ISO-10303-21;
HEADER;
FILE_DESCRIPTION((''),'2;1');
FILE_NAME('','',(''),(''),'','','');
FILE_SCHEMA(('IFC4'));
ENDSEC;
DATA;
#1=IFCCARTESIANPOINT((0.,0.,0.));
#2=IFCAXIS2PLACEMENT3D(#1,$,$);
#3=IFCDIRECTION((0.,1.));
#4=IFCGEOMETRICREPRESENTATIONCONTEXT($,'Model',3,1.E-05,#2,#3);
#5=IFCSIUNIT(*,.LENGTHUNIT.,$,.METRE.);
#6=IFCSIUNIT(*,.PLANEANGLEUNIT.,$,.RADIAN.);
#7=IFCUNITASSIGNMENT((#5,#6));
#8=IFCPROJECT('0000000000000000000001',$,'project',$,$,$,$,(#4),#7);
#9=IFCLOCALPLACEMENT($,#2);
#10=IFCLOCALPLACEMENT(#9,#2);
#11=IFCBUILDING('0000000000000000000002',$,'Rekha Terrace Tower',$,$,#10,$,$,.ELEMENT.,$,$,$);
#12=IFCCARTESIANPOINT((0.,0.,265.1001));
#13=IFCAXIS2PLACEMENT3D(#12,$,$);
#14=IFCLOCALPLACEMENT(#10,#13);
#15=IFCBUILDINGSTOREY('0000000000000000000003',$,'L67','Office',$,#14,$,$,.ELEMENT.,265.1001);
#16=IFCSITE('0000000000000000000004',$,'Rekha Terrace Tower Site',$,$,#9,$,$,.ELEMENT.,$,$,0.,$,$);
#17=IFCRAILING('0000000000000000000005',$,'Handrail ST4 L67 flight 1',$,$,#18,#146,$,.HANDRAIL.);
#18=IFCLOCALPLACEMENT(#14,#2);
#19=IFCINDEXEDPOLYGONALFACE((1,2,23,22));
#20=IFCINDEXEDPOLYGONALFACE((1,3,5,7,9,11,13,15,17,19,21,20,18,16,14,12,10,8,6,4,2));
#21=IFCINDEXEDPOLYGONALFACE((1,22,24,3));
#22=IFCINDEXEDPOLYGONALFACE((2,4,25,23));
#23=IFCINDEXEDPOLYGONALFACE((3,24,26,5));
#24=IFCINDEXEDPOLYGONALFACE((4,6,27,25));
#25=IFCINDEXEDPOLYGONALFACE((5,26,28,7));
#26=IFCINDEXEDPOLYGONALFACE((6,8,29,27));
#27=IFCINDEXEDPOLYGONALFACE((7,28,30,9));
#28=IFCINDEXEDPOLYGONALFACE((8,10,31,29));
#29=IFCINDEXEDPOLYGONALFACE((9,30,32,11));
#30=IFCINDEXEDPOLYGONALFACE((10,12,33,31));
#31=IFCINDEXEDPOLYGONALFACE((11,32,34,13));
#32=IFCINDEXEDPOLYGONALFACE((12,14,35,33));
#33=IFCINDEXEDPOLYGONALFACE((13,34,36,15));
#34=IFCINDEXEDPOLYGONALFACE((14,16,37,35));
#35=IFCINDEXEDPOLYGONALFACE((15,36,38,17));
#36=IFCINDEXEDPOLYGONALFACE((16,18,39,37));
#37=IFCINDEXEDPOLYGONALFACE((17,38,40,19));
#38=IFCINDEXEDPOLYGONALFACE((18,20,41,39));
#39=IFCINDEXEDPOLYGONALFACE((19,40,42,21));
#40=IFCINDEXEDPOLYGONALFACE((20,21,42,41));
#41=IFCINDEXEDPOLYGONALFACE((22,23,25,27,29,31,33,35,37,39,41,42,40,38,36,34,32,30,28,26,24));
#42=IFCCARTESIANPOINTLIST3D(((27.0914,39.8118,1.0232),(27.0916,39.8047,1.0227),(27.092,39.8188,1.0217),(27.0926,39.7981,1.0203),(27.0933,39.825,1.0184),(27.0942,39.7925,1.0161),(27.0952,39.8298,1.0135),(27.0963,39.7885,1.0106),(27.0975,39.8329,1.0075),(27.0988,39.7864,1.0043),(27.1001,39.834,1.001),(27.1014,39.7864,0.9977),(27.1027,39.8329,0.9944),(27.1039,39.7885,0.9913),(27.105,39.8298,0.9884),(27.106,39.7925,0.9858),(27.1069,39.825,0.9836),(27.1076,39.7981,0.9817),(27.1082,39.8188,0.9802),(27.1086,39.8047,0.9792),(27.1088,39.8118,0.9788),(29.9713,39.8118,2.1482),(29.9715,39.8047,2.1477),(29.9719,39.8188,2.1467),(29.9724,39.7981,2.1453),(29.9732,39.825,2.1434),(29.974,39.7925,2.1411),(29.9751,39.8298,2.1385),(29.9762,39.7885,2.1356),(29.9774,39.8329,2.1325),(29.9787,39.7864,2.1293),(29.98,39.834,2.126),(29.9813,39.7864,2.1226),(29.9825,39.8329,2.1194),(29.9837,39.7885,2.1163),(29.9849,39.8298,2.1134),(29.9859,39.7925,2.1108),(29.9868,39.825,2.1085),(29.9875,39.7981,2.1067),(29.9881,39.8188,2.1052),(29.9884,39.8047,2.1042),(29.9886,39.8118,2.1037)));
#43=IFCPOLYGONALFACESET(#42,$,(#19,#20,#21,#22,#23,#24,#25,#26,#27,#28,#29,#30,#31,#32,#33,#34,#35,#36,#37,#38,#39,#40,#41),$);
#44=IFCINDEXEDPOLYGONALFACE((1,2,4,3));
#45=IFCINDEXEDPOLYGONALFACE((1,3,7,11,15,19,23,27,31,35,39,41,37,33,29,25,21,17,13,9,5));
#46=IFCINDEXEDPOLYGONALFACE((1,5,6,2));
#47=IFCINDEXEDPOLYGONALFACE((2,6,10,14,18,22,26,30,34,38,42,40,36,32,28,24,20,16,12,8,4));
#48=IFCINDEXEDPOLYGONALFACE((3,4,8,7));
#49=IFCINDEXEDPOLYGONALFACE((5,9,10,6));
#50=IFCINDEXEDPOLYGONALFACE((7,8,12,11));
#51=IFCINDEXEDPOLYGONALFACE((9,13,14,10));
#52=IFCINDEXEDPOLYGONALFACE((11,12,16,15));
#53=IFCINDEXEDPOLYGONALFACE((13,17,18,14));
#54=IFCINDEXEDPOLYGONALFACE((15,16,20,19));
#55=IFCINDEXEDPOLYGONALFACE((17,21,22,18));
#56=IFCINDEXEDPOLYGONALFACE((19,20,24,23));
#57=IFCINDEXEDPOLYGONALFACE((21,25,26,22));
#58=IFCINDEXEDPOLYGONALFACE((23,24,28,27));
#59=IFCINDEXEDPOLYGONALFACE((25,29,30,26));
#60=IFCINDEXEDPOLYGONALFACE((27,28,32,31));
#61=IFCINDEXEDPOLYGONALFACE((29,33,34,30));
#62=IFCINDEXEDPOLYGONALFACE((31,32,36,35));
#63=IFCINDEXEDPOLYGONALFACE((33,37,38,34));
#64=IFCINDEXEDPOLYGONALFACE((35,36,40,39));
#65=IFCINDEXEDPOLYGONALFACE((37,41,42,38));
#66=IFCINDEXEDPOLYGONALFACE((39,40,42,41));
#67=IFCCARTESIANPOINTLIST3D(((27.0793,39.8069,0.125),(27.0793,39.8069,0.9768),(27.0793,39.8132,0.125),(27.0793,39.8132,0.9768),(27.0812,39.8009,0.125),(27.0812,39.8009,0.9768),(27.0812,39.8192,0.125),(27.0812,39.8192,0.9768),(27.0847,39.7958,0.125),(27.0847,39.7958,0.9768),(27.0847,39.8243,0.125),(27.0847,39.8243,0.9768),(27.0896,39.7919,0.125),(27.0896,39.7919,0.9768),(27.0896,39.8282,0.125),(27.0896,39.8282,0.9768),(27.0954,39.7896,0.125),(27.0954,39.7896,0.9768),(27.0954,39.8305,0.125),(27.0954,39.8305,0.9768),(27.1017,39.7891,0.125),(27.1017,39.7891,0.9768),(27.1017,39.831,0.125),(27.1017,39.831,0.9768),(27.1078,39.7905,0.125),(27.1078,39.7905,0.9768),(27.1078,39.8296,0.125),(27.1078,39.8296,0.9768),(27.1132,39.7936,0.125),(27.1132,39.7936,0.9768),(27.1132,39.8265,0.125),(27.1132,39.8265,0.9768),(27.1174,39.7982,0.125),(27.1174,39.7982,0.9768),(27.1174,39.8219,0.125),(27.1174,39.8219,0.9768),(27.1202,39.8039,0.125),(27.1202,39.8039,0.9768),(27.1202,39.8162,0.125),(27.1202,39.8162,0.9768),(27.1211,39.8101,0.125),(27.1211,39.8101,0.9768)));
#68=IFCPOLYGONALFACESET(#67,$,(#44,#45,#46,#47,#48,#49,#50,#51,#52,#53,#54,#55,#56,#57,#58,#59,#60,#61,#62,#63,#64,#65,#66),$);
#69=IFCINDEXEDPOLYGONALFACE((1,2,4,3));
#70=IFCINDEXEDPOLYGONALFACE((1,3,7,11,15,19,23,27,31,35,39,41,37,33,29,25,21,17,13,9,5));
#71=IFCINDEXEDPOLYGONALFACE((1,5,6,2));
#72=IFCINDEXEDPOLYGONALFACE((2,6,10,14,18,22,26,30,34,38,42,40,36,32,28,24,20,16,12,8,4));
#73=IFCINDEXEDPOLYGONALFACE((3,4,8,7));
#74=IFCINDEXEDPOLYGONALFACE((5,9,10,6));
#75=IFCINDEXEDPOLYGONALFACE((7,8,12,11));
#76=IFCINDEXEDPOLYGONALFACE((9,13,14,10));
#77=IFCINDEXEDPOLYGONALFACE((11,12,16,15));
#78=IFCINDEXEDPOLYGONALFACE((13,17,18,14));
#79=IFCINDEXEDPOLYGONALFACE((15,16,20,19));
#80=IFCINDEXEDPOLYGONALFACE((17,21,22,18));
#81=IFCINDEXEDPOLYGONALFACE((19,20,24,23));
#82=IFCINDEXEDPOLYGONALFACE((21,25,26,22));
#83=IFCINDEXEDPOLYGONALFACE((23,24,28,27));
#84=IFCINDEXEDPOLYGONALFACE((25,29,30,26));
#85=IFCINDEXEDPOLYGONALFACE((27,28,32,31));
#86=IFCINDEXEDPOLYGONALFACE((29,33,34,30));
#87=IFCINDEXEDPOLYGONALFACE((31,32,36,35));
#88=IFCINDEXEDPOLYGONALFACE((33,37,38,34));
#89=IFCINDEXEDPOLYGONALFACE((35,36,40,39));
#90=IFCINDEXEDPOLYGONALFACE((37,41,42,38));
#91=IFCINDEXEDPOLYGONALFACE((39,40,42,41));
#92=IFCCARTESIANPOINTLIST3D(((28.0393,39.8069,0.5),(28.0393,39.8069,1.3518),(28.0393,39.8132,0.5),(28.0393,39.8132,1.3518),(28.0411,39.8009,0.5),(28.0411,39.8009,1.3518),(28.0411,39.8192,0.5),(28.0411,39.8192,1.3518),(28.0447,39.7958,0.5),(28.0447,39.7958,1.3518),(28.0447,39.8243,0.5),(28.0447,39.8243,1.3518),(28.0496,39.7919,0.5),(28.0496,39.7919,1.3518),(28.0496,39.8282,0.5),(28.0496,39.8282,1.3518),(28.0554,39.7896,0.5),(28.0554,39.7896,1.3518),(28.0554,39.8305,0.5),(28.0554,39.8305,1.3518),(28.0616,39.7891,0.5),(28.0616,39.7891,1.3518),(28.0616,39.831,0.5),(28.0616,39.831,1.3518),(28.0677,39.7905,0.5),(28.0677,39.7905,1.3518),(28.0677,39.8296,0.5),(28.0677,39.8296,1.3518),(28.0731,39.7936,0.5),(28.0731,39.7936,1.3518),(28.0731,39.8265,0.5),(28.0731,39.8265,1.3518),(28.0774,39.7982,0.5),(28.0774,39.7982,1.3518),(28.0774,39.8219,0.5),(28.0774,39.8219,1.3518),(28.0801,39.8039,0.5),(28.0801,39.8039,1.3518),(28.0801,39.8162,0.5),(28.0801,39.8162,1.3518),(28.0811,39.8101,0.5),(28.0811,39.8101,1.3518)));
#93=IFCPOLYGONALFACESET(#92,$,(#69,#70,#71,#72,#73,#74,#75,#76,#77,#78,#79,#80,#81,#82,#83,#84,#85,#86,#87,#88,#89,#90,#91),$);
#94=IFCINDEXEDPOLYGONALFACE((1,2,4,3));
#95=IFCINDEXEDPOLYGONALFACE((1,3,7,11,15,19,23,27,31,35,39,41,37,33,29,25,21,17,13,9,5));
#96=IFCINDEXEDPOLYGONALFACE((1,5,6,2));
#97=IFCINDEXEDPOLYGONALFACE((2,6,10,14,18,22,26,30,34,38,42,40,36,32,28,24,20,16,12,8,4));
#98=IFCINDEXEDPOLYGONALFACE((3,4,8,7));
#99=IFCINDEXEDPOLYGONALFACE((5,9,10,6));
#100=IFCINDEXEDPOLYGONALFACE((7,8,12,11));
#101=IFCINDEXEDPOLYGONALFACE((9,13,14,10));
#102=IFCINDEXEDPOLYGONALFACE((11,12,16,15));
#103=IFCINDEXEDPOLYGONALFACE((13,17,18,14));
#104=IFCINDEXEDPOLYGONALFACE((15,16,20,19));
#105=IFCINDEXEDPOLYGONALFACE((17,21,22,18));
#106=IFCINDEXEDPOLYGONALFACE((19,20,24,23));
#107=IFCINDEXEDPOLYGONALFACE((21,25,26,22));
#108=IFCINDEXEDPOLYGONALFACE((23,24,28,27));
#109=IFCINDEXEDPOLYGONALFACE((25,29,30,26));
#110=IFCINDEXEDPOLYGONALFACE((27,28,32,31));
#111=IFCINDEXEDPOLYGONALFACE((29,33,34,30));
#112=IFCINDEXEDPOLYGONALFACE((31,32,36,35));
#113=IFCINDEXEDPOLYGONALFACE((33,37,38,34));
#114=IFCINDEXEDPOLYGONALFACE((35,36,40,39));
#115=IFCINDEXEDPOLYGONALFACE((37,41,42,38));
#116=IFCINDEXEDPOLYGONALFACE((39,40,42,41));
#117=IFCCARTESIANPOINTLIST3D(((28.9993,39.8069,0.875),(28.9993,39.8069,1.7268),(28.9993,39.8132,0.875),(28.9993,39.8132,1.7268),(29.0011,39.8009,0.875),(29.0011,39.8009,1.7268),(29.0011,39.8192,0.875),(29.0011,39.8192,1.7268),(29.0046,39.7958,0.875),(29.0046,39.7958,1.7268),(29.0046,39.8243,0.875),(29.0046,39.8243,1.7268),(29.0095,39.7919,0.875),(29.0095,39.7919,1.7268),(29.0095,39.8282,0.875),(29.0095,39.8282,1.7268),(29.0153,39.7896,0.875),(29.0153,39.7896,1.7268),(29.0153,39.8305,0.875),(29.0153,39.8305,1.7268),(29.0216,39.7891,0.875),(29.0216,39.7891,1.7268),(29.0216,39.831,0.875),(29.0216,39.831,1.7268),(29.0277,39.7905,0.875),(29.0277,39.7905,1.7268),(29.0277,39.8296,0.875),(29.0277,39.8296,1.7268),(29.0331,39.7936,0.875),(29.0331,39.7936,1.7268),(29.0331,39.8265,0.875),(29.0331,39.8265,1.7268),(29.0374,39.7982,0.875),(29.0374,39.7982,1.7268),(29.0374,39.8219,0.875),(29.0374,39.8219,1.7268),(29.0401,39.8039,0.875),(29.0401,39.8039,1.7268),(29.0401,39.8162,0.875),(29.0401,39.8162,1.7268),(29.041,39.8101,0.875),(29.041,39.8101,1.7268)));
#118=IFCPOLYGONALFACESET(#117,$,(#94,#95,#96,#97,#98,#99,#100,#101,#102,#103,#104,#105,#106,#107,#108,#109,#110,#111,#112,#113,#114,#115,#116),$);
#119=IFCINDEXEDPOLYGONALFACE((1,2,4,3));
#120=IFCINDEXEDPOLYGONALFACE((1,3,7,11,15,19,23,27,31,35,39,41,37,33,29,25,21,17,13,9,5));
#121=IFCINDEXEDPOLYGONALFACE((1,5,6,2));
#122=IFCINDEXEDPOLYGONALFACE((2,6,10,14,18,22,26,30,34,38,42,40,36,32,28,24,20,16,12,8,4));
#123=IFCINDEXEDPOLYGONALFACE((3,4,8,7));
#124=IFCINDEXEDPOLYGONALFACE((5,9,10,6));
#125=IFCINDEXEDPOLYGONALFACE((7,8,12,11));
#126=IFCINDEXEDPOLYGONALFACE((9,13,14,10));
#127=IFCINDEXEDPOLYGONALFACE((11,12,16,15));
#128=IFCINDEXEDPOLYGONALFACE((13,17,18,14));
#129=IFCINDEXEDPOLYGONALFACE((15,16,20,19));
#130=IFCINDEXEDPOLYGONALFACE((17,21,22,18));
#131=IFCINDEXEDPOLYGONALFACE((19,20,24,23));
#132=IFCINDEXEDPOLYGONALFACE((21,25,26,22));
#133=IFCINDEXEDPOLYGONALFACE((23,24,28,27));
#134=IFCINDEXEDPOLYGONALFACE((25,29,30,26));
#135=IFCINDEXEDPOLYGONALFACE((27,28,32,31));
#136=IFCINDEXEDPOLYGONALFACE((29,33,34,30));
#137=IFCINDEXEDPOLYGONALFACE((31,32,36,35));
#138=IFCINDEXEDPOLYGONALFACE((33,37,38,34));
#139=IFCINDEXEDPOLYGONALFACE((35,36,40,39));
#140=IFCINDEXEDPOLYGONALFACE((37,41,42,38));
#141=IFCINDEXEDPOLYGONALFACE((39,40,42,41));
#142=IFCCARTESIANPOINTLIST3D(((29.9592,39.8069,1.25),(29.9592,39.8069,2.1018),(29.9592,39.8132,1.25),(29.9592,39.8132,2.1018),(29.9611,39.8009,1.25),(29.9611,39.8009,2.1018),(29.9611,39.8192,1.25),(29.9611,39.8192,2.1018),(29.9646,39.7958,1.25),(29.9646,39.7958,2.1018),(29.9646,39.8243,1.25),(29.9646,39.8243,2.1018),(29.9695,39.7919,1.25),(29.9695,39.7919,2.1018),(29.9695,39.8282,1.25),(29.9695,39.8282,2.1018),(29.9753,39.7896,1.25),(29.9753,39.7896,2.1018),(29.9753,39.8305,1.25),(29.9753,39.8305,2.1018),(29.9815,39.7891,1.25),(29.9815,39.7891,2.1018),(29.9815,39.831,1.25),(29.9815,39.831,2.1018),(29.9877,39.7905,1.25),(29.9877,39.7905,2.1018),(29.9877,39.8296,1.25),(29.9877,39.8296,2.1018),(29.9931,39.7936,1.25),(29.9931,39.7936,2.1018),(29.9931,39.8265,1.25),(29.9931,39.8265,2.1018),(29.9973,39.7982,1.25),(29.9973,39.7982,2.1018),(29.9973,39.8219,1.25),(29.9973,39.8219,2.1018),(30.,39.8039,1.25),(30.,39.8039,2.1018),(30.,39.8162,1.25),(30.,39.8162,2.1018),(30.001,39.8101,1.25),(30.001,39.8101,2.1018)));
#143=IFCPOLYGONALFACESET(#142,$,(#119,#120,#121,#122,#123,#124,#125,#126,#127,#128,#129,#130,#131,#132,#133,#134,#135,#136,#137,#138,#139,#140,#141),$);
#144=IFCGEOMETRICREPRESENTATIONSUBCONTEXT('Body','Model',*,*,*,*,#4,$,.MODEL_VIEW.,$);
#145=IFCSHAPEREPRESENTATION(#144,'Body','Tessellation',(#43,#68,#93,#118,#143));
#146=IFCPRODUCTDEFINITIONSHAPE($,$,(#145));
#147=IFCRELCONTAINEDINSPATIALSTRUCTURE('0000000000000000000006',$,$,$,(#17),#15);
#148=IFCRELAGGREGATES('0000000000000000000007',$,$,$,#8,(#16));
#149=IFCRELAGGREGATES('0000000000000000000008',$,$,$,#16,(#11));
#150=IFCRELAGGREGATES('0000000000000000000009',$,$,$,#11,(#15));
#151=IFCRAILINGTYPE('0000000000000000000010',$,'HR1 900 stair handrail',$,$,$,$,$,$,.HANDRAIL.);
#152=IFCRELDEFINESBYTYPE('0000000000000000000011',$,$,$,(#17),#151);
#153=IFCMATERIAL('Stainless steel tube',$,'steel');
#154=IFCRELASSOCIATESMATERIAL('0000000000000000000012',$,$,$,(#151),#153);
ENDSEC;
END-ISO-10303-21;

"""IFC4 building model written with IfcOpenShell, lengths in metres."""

from ifc_helpers import new_model, si_unit, direction, frame, origin, origin_2d, place, context, subcontext, project, spatial, circle, extrude, material, type_object, element, save


model = new_model("IFC4")

# Units and contexts
model_context = context("Model", 3, precision=1e-05, world=origin(), true_north=direction((0.0, 1.0)))
body_context = subcontext(model_context, "Body", "Model", "MODEL_VIEW")
ifc_project = project(units=[si_unit("LENGTHUNIT", "METRE"), si_unit("PLANEANGLEUNIT", "RADIAN")], contexts=[model_context])

# Site, building, storey
site_placement = place(None, origin())
site = spatial("IfcSite", under=ifc_project, at=site_placement, Name="Rekha Terrace Tower Site", CompositionType="ELEMENT", RefElevation=0.0)
building_placement = place(site_placement, origin())
building = spatial("IfcBuilding", under=site, at=building_placement, Name="Rekha Terrace Tower", CompositionType="ELEMENT")
storey_placement = place(building_placement, frame((0.0, 0.0, 265.1001)))
storey = spatial("IfcBuildingStorey", under=building, at=storey_placement, Name="L67", Description="Office", CompositionType="ELEMENT", Elevation=265.1001)

# Railing
ifc_material_1 = material(Name="Stainless steel tube", Category="steel")
railing_type_1 = type_object("IfcRailingType", Name="HR1 900 stair handrail", PredefinedType="HANDRAIL", material=ifc_material_1)
railing_1_placement = place(storey_placement, frame((27.1001, 39.8101, 0.125)))
element("IfcRailing", 1, at=railing_1_placement, inside=storey, type_object=railing_type_1, Name="Handrail ST4 L67 flight 1", PredefinedType="HANDRAIL", context=body_context, shape_type="SweptSolid", body=[
    extrude(circle(Radius=0.0239, at=origin_2d()), frame((0.0, 0.0, 0.876), z_axis=(0.931452, 0.0, 0.363863), x_axis=(0.0, 1.0, 0.0)), (0.0, 0.0, 1.0), 3.0918),
    extrude(circle(Radius=0.021, at=origin_2d()), origin(), (0.0, 0.0, 1.0), 0.8518),
    extrude(circle(Radius=0.021, at=origin_2d()), frame((0.96, 0.0, 0.375)), (0.0, 0.0, 1.0), 0.8518),
    extrude(circle(Radius=0.021, at=origin_2d()), frame((1.9199, 0.0, 0.75)), (0.0, 0.0, 1.0), 0.8518),
    extrude(circle(Radius=0.021, at=origin_2d()), frame((2.8799, 0.0, 1.125)), (0.0, 0.0, 1.0), 0.8518),
])

save(model, "model.ifc")
